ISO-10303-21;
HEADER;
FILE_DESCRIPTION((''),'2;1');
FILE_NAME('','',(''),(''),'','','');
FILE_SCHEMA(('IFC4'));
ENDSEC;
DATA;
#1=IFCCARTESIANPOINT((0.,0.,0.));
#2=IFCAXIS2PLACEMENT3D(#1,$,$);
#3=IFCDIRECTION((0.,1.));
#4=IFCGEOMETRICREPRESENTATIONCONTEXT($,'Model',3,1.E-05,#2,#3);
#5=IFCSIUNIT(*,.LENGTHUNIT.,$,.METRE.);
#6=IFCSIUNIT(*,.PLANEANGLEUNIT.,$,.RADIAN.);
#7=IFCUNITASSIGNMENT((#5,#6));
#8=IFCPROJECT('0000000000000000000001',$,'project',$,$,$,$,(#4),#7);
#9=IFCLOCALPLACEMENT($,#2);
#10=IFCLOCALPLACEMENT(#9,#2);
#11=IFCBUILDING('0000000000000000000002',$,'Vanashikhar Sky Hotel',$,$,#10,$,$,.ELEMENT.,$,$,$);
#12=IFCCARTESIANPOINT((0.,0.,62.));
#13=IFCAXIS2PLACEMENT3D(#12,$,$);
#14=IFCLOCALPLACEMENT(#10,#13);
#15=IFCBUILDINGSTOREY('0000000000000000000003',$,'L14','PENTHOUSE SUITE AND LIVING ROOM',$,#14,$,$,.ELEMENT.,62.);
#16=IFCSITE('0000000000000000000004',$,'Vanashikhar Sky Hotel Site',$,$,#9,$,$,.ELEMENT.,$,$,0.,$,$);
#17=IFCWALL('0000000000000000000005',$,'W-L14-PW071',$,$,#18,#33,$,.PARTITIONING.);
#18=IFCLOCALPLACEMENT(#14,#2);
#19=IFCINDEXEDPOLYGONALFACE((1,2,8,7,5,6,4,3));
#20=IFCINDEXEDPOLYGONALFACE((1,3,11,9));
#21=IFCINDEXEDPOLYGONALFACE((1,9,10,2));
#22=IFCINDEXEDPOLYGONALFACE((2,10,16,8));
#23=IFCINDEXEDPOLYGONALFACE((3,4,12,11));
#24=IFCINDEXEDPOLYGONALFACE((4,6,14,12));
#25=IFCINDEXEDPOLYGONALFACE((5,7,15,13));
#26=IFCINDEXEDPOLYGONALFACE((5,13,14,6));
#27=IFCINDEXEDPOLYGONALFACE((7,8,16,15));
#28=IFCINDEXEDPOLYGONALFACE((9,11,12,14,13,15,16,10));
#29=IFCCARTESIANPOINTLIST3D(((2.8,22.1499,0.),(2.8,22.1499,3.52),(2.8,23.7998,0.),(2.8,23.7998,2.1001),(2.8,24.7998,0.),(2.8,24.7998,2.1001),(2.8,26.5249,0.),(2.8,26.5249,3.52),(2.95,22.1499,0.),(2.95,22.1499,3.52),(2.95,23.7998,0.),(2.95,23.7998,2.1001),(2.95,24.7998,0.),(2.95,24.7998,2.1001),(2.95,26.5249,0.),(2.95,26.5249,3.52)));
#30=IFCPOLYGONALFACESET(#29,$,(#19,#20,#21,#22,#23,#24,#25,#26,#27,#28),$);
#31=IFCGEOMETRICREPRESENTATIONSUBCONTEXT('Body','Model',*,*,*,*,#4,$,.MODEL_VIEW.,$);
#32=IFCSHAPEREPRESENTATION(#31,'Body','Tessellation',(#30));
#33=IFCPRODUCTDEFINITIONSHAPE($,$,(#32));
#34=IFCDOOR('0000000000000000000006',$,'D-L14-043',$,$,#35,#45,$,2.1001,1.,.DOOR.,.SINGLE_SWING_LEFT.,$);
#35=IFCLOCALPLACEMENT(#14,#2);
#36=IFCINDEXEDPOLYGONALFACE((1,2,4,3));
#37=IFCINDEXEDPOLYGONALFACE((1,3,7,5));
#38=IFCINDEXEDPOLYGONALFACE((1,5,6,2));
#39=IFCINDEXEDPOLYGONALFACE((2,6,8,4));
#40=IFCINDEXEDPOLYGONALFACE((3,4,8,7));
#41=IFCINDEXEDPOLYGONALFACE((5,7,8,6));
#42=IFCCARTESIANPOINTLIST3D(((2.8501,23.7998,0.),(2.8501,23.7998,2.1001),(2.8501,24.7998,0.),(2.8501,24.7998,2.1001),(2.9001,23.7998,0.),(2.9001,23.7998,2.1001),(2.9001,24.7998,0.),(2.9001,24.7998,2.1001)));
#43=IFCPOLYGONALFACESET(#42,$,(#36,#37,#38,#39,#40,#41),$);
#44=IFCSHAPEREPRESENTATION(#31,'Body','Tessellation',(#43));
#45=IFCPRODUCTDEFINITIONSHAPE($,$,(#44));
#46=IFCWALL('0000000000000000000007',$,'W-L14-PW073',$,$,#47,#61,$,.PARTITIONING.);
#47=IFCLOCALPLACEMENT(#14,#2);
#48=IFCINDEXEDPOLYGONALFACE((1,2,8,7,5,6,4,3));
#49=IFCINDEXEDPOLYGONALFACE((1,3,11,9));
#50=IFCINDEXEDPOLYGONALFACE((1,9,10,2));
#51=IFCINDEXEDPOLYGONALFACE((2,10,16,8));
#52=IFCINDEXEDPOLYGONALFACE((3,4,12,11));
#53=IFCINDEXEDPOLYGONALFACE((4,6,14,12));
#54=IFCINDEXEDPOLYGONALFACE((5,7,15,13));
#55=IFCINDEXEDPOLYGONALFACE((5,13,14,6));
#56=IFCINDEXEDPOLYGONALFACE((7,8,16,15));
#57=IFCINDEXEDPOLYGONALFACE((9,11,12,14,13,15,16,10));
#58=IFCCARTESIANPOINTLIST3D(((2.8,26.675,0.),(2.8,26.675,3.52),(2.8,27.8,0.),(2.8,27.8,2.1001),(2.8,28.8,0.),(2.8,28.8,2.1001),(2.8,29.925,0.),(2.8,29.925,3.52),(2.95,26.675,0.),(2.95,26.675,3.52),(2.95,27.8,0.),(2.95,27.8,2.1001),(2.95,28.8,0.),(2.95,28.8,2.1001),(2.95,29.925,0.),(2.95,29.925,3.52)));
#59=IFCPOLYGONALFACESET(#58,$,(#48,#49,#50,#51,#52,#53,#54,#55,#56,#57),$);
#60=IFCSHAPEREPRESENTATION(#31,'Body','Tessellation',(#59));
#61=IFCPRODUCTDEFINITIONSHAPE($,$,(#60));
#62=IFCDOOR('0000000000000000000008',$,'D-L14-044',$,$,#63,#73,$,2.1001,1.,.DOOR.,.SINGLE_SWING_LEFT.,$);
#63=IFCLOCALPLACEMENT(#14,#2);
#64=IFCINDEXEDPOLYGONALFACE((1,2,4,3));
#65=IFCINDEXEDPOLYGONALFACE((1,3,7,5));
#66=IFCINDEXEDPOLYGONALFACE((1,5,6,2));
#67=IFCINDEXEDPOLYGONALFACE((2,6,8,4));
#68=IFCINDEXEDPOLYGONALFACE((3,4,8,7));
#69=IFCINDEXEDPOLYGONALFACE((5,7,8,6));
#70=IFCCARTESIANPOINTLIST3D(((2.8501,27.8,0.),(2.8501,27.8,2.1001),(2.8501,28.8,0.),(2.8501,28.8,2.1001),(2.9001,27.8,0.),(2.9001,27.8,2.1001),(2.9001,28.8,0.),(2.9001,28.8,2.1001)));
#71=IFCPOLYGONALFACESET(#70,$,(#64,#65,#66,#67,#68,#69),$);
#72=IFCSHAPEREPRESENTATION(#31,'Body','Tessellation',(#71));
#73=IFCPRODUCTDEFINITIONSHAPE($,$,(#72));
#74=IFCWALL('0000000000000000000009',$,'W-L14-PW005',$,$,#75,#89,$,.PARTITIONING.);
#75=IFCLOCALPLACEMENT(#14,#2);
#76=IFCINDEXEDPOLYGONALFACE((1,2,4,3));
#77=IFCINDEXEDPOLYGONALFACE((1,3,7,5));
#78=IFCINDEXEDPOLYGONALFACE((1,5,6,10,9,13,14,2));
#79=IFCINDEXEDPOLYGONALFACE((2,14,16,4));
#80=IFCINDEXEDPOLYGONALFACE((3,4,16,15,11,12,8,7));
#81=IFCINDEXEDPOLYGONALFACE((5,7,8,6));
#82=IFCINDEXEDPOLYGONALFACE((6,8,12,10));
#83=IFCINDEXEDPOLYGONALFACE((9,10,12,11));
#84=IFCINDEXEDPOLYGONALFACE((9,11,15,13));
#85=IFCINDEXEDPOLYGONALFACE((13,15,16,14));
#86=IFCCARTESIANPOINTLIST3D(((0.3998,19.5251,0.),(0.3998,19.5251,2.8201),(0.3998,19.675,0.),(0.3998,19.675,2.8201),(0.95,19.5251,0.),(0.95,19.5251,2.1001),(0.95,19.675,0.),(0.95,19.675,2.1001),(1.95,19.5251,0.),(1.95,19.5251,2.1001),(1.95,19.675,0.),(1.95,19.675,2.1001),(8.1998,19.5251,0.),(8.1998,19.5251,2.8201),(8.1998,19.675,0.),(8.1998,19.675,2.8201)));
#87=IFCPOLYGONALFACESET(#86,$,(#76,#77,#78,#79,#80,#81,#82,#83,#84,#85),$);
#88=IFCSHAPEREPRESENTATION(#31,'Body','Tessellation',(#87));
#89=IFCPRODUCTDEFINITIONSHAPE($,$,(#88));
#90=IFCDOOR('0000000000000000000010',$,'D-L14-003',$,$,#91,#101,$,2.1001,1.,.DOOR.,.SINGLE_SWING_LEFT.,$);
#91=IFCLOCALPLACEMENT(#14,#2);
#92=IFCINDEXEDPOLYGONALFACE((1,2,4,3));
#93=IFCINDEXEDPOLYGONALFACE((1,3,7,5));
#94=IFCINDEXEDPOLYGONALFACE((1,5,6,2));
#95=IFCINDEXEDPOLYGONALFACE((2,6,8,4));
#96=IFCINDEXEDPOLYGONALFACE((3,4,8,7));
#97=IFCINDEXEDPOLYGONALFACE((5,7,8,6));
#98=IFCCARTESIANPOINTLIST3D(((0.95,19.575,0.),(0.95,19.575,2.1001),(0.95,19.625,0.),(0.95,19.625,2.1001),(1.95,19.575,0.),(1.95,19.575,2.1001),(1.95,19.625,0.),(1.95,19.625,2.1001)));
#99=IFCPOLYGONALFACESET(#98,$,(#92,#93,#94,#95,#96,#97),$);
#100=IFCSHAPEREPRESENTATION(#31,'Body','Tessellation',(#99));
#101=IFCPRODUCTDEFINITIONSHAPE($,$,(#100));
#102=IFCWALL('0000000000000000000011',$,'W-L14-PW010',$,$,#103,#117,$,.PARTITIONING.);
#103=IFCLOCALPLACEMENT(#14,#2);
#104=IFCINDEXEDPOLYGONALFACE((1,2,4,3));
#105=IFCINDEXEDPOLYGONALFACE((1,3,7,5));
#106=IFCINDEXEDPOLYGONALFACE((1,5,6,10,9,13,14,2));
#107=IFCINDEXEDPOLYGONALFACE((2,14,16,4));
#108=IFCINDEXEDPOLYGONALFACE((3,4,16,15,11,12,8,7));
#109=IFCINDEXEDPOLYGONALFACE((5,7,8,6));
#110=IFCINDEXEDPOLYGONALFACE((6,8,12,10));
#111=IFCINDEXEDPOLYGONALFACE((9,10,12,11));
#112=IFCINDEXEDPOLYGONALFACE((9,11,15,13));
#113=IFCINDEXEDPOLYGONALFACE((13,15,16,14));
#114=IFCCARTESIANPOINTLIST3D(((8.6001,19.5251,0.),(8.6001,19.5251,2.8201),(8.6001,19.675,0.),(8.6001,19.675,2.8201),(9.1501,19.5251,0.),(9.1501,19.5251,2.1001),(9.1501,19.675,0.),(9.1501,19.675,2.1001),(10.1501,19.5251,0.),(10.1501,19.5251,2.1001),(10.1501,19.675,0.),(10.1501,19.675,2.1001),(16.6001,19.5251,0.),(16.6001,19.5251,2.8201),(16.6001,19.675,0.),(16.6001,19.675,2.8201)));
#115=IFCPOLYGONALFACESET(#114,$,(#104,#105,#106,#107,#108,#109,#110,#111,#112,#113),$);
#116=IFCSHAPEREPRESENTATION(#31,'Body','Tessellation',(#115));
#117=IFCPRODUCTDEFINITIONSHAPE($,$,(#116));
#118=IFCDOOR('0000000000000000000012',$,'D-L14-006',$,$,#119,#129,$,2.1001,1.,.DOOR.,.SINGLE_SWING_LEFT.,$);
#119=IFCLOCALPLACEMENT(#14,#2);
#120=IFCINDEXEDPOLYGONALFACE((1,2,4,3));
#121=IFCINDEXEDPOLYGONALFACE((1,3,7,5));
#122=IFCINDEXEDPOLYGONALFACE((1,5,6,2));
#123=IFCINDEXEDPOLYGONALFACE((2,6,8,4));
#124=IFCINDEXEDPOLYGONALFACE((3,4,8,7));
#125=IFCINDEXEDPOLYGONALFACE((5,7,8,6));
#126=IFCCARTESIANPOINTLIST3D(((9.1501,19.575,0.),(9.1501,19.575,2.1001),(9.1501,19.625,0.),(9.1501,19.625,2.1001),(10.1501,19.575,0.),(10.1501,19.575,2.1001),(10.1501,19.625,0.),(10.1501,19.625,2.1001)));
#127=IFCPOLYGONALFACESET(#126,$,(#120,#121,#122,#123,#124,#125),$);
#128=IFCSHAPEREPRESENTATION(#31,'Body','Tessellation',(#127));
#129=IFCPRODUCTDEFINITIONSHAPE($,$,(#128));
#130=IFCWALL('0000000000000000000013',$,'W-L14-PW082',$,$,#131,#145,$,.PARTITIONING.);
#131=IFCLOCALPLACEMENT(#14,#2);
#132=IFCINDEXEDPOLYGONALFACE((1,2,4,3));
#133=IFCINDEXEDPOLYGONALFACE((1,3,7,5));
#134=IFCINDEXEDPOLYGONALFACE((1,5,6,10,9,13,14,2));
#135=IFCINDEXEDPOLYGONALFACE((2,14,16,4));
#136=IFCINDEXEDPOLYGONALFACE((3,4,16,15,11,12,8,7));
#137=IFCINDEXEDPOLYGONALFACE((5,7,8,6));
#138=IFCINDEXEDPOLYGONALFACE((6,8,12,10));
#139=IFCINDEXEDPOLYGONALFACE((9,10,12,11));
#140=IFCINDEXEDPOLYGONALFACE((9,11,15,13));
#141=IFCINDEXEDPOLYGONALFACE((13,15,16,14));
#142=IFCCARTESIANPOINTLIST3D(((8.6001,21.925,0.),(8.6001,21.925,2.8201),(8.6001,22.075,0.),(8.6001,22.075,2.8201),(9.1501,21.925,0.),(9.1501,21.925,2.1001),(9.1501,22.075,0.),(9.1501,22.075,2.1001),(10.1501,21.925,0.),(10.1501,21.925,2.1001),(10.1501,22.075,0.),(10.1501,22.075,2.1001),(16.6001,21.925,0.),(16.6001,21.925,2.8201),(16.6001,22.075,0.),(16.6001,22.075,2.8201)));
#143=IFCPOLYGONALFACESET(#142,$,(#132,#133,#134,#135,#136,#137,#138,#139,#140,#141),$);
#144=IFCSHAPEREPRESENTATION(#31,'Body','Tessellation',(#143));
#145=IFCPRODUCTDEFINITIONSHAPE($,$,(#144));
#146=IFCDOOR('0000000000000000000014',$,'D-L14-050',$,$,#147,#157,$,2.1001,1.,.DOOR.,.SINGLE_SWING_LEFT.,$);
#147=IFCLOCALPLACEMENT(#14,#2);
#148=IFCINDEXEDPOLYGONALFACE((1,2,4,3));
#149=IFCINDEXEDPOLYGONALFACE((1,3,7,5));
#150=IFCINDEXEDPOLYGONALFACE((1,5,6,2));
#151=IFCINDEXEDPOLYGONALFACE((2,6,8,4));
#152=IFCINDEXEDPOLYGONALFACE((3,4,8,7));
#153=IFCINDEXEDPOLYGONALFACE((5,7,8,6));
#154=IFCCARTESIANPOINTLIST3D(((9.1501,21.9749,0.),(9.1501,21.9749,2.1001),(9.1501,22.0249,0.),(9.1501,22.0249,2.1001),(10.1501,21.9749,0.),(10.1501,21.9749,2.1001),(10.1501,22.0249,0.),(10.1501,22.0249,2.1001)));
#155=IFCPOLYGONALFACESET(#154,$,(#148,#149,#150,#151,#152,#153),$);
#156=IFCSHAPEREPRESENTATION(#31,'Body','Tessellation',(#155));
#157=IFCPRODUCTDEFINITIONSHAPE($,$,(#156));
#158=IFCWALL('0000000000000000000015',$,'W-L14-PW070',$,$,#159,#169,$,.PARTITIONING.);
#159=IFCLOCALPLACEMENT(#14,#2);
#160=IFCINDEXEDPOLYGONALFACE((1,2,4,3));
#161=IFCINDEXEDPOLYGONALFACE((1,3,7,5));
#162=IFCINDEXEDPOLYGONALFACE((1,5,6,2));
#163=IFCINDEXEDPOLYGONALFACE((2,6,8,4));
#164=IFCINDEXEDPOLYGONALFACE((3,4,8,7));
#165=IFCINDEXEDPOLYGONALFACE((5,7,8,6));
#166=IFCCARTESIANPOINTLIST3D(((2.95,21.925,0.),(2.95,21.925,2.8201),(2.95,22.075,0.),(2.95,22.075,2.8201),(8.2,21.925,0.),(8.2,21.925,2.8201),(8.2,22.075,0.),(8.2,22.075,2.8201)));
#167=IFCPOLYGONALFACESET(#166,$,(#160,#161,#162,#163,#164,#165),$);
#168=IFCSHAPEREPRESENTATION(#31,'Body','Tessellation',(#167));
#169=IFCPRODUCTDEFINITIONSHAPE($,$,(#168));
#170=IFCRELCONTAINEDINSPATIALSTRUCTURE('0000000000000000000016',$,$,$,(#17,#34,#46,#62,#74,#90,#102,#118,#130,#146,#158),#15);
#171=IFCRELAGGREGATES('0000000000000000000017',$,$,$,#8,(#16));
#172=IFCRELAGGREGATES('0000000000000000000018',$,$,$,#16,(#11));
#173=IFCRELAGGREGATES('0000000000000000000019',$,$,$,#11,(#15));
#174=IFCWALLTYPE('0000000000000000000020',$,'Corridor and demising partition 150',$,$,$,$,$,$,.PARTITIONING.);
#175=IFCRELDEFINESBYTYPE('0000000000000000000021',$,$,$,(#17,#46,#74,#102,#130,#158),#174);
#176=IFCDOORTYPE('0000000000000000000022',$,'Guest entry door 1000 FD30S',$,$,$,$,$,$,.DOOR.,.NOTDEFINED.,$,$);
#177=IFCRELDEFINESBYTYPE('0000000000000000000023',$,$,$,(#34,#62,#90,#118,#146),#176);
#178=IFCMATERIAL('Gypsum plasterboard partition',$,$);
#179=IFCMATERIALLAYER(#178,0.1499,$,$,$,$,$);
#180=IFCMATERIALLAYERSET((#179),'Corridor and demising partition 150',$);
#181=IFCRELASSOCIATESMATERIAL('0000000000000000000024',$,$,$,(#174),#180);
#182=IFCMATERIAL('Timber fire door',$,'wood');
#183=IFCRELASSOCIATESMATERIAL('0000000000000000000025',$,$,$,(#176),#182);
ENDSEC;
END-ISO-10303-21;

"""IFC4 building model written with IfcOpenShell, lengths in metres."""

from ifc_helpers import new_model, si_unit, direction, frame, frame_2d, origin, place, context, subcontext, project, spatial, rectangle, extrude, source, transform, mapped, material, layer, layer_set, type_object, element, fill, save


model = new_model("IFC4")

# Units and contexts
model_context = context("Model", 3, precision=1e-05, world=origin(), true_north=direction((0.0, 1.0)))
body_context = subcontext(model_context, "Body", "Model", "MODEL_VIEW")
ifc_project = project(units=[si_unit("LENGTHUNIT", "METRE"), si_unit("PLANEANGLEUNIT", "RADIAN")], contexts=[model_context])

# Site, building, storey
site_placement = place(None, origin())
site = spatial("IfcSite", under=ifc_project, at=site_placement, Name="Vanashikhar Sky Hotel Site", CompositionType="ELEMENT", RefElevation=0.0)
building_placement = place(site_placement, origin())
building = spatial("IfcBuilding", under=site, at=building_placement, Name="Vanashikhar Sky Hotel", CompositionType="ELEMENT")
storey_placement = place(building_placement, frame((0.0, 0.0, 62.0)))
storey = spatial("IfcBuildingStorey", under=building, at=storey_placement, Name="L14", Description="PENTHOUSE SUITE AND LIVING ROOM", CompositionType="ELEMENT", Elevation=62.0)

# Walls, openings, doors
ifc_material_1 = material(Name="Gypsum plasterboard partition")
ifc_layer_1 = layer(ifc_material_1, 0.1499)
ifc_layer_set_1 = layer_set([ifc_layer_1], Name="Corridor and demising partition 150")
wall_type_1 = type_object("IfcWallType", Name="Corridor and demising partition 150", PredefinedType="PARTITIONING", material=ifc_layer_set_1)
shared_shape_1 = source(origin(), body_context, "Body", "SweptSolid", [
    extrude(rectangle(XDim=4.375, YDim=0.1499, at=frame_2d((2.1875, 0.0))), origin(), (0.0, 0.0, 1.0), 3.52),
])
wall_1_placement = place(storey_placement, frame((2.875, 22.1499, 0.0), z_axis=(0.0, 0.0, 1.0), x_axis=(0.0, 1.0, 0.0)))
wall_1 = element("IfcWall", 1, at=wall_1_placement, inside=storey, type_object=wall_type_1, Name="W-L14-PW071", PredefinedType="PARTITIONING", context=body_context, shape_type="MappedRepresentation", body=[
    mapped(shared_shape_1, transform((0.0, 0.0, 0.0), scale=1.0)),
])
shared_shape_2 = source(origin(), body_context, "Body", "SweptSolid", [
    extrude(rectangle(XDim=1.0, YDim=2.1001, at=frame_2d((0.5, 1.05))), frame((0.0, 0.085, 0.0), z_axis=(0.0, -1.0, 0.0), x_axis=(1.0, 0.0, 0.0)), (0.0, 0.0, 1.0), 0.1699),
])
opening_1_placement = place(wall_1_placement, frame((1.6499, 0.0, 0.0)))
opening_1 = element("IfcOpeningElement", 2, at=opening_1_placement, cuts=wall_1, PredefinedType="OPENING", context=body_context, shape_type="MappedRepresentation", body=[
    mapped(shared_shape_2, transform((0.0, 0.0, 0.0), scale=1.0)),
])
ifc_material_2 = material(Name="Timber fire door", Category="wood")
door_type = type_object("IfcDoorType", Name="Guest entry door 1000 FD30S", OperationType="NOTDEFINED", PredefinedType="DOOR", material=ifc_material_2)
shared_shape_3 = source(origin(), body_context, "Body", "SweptSolid", [
    extrude(rectangle(XDim=1.0, YDim=2.1001, at=frame_2d((0.5, 1.05))), frame((0.0, 0.0249, 0.0), z_axis=(0.0, -1.0, 0.0), x_axis=(1.0, 0.0, 0.0)), (0.0, 0.0, 1.0), 0.05),
])
door_1_placement = place(opening_1_placement, origin())
door_1 = element("IfcDoor", 3, at=door_1_placement, inside=storey, type_object=door_type, Name="D-L14-043", OperationType="SINGLE_SWING_LEFT", OverallHeight=2.1001, OverallWidth=1.0, PredefinedType="DOOR", context=body_context, shape_type="MappedRepresentation", body=[
    mapped(shared_shape_3, transform((0.0, 0.0, 0.0), scale=1.0)),
])
fill(opening_1, door_1)
shared_shape_4 = source(origin(), body_context, "Body", "SweptSolid", [
    extrude(rectangle(XDim=3.25, YDim=0.1499, at=frame_2d((1.625, 0.0))), origin(), (0.0, 0.0, 1.0), 3.52),
])
wall_2_placement = place(storey_placement, frame((2.875, 26.675, 0.0), z_axis=(0.0, 0.0, 1.0), x_axis=(0.0, 1.0, 0.0)))
wall_2 = element("IfcWall", 4, at=wall_2_placement, inside=storey, type_object=wall_type_1, Name="W-L14-PW073", PredefinedType="PARTITIONING", context=body_context, shape_type="MappedRepresentation", body=[
    mapped(shared_shape_4, transform((0.0, 0.0, 0.0), scale=1.0)),
])
opening_2_placement = place(wall_2_placement, frame((1.125, 0.0, 0.0)))
opening_2 = element("IfcOpeningElement", 5, at=opening_2_placement, cuts=wall_2, PredefinedType="OPENING", context=body_context, shape_type="MappedRepresentation", body=[
    mapped(shared_shape_2, transform((0.0, 0.0, 0.0), scale=1.0)),
])
door_2_placement = place(opening_2_placement, origin())
door_2 = element("IfcDoor", 6, at=door_2_placement, inside=storey, type_object=door_type, Name="D-L14-044", OperationType="SINGLE_SWING_LEFT", OverallHeight=2.1001, OverallWidth=1.0, PredefinedType="DOOR", context=body_context, shape_type="MappedRepresentation", body=[
    mapped(shared_shape_3, transform((0.0, 0.0, 0.0), scale=1.0)),
])
fill(opening_2, door_2)
shared_shape_5 = source(origin(), body_context, "Body", "SweptSolid", [
    extrude(rectangle(XDim=7.8, YDim=0.1499, at=frame_2d((3.8999, 0.0))), origin(), (0.0, 0.0, 1.0), 2.8201),
])
wall_3_placement = place(storey_placement, frame((0.3999, 19.6001, 0.0), z_axis=(0.0, 0.0, 1.0), x_axis=(1.0, 0.0, 0.0)))
wall_3 = element("IfcWall", 7, at=wall_3_placement, inside=storey, type_object=wall_type_1, Name="W-L14-PW005", PredefinedType="PARTITIONING", context=body_context, shape_type="MappedRepresentation", body=[
    mapped(shared_shape_5, transform((0.0, 0.0, 0.0), scale=1.0)),
])
opening_3_placement = place(wall_3_placement, frame((0.55, 0.0, 0.0)))
opening_3 = element("IfcOpeningElement", 8, at=opening_3_placement, cuts=wall_3, PredefinedType="OPENING", context=body_context, shape_type="MappedRepresentation", body=[
    mapped(shared_shape_2, transform((0.0, 0.0, 0.0), scale=1.0)),
])
door_3_placement = place(opening_3_placement, origin())
door_3 = element("IfcDoor", 9, at=door_3_placement, inside=storey, type_object=door_type, Name="D-L14-003", OperationType="SINGLE_SWING_LEFT", OverallHeight=2.1001, OverallWidth=1.0, PredefinedType="DOOR", context=body_context, shape_type="MappedRepresentation", body=[
    mapped(shared_shape_3, transform((0.0, 0.0, 0.0), scale=1.0)),
])
fill(opening_3, door_3)
shared_shape_6 = source(origin(), body_context, "Body", "SweptSolid", [
    extrude(rectangle(XDim=8.0, YDim=0.1499, at=frame_2d((4.0, 0.0))), origin(), (0.0, 0.0, 1.0), 2.8201),
])
wall_4_placement = place(storey_placement, frame((8.6001, 19.6001, 0.0), z_axis=(0.0, 0.0, 1.0), x_axis=(1.0, 0.0, 0.0)))
wall_4 = element("IfcWall", 10, at=wall_4_placement, inside=storey, type_object=wall_type_1, Name="W-L14-PW010", PredefinedType="PARTITIONING", context=body_context, shape_type="MappedRepresentation", body=[
    mapped(shared_shape_6, transform((0.0, 0.0, 0.0), scale=1.0)),
])
opening_4_placement = place(wall_4_placement, frame((0.55, 0.0, 0.0)))
opening_4 = element("IfcOpeningElement", 11, at=opening_4_placement, cuts=wall_4, PredefinedType="OPENING", context=body_context, shape_type="MappedRepresentation", body=[
    mapped(shared_shape_2, transform((0.0, 0.0, 0.0), scale=1.0)),
])
door_4_placement = place(opening_4_placement, origin())
door_4 = element("IfcDoor", 12, at=door_4_placement, inside=storey, type_object=door_type, Name="D-L14-006", OperationType="SINGLE_SWING_LEFT", OverallHeight=2.1001, OverallWidth=1.0, PredefinedType="DOOR", context=body_context, shape_type="MappedRepresentation", body=[
    mapped(shared_shape_3, transform((0.0, 0.0, 0.0), scale=1.0)),
])
fill(opening_4, door_4)
wall_5_placement = place(storey_placement, frame((8.6001, 22.0, 0.0), z_axis=(0.0, 0.0, 1.0), x_axis=(1.0, 0.0, 0.0)))
wall_5 = element("IfcWall", 13, at=wall_5_placement, inside=storey, type_object=wall_type_1, Name="W-L14-PW082", PredefinedType="PARTITIONING", context=body_context, shape_type="MappedRepresentation", body=[
    mapped(shared_shape_6, transform((0.0, 0.0, 0.0), scale=1.0)),
])
opening_5_placement = place(wall_5_placement, frame((0.55, 0.0, 0.0)))
opening_5 = element("IfcOpeningElement", 14, at=opening_5_placement, cuts=wall_5, PredefinedType="OPENING", context=body_context, shape_type="MappedRepresentation", body=[
    mapped(shared_shape_2, transform((0.0, 0.0, 0.0), scale=1.0)),
])
door_5_placement = place(opening_5_placement, origin())
door_5 = element("IfcDoor", 15, at=door_5_placement, inside=storey, type_object=door_type, Name="D-L14-050", OperationType="SINGLE_SWING_LEFT", OverallHeight=2.1001, OverallWidth=1.0, PredefinedType="DOOR", context=body_context, shape_type="MappedRepresentation", body=[
    mapped(shared_shape_3, transform((0.0, 0.0, 0.0), scale=1.0)),
])
fill(opening_5, door_5)

# Wall
shared_shape_7 = source(origin(), body_context, "Body", "SweptSolid", [
    extrude(rectangle(XDim=5.25, YDim=0.1499, at=frame_2d((2.625, 0.0))), origin(), (0.0, 0.0, 1.0), 2.8201),
])
wall_6_placement = place(storey_placement, frame((2.95, 22.0, 0.0), z_axis=(0.0, 0.0, 1.0), x_axis=(1.0, 0.0, 0.0)))
element("IfcWall", 16, at=wall_6_placement, inside=storey, type_object=wall_type_1, Name="W-L14-PW070", PredefinedType="PARTITIONING", context=body_context, shape_type="MappedRepresentation", body=[
    mapped(shared_shape_7, transform((0.0, 0.0, 0.0), scale=1.0)),
])

save(model, "model.ifc")
